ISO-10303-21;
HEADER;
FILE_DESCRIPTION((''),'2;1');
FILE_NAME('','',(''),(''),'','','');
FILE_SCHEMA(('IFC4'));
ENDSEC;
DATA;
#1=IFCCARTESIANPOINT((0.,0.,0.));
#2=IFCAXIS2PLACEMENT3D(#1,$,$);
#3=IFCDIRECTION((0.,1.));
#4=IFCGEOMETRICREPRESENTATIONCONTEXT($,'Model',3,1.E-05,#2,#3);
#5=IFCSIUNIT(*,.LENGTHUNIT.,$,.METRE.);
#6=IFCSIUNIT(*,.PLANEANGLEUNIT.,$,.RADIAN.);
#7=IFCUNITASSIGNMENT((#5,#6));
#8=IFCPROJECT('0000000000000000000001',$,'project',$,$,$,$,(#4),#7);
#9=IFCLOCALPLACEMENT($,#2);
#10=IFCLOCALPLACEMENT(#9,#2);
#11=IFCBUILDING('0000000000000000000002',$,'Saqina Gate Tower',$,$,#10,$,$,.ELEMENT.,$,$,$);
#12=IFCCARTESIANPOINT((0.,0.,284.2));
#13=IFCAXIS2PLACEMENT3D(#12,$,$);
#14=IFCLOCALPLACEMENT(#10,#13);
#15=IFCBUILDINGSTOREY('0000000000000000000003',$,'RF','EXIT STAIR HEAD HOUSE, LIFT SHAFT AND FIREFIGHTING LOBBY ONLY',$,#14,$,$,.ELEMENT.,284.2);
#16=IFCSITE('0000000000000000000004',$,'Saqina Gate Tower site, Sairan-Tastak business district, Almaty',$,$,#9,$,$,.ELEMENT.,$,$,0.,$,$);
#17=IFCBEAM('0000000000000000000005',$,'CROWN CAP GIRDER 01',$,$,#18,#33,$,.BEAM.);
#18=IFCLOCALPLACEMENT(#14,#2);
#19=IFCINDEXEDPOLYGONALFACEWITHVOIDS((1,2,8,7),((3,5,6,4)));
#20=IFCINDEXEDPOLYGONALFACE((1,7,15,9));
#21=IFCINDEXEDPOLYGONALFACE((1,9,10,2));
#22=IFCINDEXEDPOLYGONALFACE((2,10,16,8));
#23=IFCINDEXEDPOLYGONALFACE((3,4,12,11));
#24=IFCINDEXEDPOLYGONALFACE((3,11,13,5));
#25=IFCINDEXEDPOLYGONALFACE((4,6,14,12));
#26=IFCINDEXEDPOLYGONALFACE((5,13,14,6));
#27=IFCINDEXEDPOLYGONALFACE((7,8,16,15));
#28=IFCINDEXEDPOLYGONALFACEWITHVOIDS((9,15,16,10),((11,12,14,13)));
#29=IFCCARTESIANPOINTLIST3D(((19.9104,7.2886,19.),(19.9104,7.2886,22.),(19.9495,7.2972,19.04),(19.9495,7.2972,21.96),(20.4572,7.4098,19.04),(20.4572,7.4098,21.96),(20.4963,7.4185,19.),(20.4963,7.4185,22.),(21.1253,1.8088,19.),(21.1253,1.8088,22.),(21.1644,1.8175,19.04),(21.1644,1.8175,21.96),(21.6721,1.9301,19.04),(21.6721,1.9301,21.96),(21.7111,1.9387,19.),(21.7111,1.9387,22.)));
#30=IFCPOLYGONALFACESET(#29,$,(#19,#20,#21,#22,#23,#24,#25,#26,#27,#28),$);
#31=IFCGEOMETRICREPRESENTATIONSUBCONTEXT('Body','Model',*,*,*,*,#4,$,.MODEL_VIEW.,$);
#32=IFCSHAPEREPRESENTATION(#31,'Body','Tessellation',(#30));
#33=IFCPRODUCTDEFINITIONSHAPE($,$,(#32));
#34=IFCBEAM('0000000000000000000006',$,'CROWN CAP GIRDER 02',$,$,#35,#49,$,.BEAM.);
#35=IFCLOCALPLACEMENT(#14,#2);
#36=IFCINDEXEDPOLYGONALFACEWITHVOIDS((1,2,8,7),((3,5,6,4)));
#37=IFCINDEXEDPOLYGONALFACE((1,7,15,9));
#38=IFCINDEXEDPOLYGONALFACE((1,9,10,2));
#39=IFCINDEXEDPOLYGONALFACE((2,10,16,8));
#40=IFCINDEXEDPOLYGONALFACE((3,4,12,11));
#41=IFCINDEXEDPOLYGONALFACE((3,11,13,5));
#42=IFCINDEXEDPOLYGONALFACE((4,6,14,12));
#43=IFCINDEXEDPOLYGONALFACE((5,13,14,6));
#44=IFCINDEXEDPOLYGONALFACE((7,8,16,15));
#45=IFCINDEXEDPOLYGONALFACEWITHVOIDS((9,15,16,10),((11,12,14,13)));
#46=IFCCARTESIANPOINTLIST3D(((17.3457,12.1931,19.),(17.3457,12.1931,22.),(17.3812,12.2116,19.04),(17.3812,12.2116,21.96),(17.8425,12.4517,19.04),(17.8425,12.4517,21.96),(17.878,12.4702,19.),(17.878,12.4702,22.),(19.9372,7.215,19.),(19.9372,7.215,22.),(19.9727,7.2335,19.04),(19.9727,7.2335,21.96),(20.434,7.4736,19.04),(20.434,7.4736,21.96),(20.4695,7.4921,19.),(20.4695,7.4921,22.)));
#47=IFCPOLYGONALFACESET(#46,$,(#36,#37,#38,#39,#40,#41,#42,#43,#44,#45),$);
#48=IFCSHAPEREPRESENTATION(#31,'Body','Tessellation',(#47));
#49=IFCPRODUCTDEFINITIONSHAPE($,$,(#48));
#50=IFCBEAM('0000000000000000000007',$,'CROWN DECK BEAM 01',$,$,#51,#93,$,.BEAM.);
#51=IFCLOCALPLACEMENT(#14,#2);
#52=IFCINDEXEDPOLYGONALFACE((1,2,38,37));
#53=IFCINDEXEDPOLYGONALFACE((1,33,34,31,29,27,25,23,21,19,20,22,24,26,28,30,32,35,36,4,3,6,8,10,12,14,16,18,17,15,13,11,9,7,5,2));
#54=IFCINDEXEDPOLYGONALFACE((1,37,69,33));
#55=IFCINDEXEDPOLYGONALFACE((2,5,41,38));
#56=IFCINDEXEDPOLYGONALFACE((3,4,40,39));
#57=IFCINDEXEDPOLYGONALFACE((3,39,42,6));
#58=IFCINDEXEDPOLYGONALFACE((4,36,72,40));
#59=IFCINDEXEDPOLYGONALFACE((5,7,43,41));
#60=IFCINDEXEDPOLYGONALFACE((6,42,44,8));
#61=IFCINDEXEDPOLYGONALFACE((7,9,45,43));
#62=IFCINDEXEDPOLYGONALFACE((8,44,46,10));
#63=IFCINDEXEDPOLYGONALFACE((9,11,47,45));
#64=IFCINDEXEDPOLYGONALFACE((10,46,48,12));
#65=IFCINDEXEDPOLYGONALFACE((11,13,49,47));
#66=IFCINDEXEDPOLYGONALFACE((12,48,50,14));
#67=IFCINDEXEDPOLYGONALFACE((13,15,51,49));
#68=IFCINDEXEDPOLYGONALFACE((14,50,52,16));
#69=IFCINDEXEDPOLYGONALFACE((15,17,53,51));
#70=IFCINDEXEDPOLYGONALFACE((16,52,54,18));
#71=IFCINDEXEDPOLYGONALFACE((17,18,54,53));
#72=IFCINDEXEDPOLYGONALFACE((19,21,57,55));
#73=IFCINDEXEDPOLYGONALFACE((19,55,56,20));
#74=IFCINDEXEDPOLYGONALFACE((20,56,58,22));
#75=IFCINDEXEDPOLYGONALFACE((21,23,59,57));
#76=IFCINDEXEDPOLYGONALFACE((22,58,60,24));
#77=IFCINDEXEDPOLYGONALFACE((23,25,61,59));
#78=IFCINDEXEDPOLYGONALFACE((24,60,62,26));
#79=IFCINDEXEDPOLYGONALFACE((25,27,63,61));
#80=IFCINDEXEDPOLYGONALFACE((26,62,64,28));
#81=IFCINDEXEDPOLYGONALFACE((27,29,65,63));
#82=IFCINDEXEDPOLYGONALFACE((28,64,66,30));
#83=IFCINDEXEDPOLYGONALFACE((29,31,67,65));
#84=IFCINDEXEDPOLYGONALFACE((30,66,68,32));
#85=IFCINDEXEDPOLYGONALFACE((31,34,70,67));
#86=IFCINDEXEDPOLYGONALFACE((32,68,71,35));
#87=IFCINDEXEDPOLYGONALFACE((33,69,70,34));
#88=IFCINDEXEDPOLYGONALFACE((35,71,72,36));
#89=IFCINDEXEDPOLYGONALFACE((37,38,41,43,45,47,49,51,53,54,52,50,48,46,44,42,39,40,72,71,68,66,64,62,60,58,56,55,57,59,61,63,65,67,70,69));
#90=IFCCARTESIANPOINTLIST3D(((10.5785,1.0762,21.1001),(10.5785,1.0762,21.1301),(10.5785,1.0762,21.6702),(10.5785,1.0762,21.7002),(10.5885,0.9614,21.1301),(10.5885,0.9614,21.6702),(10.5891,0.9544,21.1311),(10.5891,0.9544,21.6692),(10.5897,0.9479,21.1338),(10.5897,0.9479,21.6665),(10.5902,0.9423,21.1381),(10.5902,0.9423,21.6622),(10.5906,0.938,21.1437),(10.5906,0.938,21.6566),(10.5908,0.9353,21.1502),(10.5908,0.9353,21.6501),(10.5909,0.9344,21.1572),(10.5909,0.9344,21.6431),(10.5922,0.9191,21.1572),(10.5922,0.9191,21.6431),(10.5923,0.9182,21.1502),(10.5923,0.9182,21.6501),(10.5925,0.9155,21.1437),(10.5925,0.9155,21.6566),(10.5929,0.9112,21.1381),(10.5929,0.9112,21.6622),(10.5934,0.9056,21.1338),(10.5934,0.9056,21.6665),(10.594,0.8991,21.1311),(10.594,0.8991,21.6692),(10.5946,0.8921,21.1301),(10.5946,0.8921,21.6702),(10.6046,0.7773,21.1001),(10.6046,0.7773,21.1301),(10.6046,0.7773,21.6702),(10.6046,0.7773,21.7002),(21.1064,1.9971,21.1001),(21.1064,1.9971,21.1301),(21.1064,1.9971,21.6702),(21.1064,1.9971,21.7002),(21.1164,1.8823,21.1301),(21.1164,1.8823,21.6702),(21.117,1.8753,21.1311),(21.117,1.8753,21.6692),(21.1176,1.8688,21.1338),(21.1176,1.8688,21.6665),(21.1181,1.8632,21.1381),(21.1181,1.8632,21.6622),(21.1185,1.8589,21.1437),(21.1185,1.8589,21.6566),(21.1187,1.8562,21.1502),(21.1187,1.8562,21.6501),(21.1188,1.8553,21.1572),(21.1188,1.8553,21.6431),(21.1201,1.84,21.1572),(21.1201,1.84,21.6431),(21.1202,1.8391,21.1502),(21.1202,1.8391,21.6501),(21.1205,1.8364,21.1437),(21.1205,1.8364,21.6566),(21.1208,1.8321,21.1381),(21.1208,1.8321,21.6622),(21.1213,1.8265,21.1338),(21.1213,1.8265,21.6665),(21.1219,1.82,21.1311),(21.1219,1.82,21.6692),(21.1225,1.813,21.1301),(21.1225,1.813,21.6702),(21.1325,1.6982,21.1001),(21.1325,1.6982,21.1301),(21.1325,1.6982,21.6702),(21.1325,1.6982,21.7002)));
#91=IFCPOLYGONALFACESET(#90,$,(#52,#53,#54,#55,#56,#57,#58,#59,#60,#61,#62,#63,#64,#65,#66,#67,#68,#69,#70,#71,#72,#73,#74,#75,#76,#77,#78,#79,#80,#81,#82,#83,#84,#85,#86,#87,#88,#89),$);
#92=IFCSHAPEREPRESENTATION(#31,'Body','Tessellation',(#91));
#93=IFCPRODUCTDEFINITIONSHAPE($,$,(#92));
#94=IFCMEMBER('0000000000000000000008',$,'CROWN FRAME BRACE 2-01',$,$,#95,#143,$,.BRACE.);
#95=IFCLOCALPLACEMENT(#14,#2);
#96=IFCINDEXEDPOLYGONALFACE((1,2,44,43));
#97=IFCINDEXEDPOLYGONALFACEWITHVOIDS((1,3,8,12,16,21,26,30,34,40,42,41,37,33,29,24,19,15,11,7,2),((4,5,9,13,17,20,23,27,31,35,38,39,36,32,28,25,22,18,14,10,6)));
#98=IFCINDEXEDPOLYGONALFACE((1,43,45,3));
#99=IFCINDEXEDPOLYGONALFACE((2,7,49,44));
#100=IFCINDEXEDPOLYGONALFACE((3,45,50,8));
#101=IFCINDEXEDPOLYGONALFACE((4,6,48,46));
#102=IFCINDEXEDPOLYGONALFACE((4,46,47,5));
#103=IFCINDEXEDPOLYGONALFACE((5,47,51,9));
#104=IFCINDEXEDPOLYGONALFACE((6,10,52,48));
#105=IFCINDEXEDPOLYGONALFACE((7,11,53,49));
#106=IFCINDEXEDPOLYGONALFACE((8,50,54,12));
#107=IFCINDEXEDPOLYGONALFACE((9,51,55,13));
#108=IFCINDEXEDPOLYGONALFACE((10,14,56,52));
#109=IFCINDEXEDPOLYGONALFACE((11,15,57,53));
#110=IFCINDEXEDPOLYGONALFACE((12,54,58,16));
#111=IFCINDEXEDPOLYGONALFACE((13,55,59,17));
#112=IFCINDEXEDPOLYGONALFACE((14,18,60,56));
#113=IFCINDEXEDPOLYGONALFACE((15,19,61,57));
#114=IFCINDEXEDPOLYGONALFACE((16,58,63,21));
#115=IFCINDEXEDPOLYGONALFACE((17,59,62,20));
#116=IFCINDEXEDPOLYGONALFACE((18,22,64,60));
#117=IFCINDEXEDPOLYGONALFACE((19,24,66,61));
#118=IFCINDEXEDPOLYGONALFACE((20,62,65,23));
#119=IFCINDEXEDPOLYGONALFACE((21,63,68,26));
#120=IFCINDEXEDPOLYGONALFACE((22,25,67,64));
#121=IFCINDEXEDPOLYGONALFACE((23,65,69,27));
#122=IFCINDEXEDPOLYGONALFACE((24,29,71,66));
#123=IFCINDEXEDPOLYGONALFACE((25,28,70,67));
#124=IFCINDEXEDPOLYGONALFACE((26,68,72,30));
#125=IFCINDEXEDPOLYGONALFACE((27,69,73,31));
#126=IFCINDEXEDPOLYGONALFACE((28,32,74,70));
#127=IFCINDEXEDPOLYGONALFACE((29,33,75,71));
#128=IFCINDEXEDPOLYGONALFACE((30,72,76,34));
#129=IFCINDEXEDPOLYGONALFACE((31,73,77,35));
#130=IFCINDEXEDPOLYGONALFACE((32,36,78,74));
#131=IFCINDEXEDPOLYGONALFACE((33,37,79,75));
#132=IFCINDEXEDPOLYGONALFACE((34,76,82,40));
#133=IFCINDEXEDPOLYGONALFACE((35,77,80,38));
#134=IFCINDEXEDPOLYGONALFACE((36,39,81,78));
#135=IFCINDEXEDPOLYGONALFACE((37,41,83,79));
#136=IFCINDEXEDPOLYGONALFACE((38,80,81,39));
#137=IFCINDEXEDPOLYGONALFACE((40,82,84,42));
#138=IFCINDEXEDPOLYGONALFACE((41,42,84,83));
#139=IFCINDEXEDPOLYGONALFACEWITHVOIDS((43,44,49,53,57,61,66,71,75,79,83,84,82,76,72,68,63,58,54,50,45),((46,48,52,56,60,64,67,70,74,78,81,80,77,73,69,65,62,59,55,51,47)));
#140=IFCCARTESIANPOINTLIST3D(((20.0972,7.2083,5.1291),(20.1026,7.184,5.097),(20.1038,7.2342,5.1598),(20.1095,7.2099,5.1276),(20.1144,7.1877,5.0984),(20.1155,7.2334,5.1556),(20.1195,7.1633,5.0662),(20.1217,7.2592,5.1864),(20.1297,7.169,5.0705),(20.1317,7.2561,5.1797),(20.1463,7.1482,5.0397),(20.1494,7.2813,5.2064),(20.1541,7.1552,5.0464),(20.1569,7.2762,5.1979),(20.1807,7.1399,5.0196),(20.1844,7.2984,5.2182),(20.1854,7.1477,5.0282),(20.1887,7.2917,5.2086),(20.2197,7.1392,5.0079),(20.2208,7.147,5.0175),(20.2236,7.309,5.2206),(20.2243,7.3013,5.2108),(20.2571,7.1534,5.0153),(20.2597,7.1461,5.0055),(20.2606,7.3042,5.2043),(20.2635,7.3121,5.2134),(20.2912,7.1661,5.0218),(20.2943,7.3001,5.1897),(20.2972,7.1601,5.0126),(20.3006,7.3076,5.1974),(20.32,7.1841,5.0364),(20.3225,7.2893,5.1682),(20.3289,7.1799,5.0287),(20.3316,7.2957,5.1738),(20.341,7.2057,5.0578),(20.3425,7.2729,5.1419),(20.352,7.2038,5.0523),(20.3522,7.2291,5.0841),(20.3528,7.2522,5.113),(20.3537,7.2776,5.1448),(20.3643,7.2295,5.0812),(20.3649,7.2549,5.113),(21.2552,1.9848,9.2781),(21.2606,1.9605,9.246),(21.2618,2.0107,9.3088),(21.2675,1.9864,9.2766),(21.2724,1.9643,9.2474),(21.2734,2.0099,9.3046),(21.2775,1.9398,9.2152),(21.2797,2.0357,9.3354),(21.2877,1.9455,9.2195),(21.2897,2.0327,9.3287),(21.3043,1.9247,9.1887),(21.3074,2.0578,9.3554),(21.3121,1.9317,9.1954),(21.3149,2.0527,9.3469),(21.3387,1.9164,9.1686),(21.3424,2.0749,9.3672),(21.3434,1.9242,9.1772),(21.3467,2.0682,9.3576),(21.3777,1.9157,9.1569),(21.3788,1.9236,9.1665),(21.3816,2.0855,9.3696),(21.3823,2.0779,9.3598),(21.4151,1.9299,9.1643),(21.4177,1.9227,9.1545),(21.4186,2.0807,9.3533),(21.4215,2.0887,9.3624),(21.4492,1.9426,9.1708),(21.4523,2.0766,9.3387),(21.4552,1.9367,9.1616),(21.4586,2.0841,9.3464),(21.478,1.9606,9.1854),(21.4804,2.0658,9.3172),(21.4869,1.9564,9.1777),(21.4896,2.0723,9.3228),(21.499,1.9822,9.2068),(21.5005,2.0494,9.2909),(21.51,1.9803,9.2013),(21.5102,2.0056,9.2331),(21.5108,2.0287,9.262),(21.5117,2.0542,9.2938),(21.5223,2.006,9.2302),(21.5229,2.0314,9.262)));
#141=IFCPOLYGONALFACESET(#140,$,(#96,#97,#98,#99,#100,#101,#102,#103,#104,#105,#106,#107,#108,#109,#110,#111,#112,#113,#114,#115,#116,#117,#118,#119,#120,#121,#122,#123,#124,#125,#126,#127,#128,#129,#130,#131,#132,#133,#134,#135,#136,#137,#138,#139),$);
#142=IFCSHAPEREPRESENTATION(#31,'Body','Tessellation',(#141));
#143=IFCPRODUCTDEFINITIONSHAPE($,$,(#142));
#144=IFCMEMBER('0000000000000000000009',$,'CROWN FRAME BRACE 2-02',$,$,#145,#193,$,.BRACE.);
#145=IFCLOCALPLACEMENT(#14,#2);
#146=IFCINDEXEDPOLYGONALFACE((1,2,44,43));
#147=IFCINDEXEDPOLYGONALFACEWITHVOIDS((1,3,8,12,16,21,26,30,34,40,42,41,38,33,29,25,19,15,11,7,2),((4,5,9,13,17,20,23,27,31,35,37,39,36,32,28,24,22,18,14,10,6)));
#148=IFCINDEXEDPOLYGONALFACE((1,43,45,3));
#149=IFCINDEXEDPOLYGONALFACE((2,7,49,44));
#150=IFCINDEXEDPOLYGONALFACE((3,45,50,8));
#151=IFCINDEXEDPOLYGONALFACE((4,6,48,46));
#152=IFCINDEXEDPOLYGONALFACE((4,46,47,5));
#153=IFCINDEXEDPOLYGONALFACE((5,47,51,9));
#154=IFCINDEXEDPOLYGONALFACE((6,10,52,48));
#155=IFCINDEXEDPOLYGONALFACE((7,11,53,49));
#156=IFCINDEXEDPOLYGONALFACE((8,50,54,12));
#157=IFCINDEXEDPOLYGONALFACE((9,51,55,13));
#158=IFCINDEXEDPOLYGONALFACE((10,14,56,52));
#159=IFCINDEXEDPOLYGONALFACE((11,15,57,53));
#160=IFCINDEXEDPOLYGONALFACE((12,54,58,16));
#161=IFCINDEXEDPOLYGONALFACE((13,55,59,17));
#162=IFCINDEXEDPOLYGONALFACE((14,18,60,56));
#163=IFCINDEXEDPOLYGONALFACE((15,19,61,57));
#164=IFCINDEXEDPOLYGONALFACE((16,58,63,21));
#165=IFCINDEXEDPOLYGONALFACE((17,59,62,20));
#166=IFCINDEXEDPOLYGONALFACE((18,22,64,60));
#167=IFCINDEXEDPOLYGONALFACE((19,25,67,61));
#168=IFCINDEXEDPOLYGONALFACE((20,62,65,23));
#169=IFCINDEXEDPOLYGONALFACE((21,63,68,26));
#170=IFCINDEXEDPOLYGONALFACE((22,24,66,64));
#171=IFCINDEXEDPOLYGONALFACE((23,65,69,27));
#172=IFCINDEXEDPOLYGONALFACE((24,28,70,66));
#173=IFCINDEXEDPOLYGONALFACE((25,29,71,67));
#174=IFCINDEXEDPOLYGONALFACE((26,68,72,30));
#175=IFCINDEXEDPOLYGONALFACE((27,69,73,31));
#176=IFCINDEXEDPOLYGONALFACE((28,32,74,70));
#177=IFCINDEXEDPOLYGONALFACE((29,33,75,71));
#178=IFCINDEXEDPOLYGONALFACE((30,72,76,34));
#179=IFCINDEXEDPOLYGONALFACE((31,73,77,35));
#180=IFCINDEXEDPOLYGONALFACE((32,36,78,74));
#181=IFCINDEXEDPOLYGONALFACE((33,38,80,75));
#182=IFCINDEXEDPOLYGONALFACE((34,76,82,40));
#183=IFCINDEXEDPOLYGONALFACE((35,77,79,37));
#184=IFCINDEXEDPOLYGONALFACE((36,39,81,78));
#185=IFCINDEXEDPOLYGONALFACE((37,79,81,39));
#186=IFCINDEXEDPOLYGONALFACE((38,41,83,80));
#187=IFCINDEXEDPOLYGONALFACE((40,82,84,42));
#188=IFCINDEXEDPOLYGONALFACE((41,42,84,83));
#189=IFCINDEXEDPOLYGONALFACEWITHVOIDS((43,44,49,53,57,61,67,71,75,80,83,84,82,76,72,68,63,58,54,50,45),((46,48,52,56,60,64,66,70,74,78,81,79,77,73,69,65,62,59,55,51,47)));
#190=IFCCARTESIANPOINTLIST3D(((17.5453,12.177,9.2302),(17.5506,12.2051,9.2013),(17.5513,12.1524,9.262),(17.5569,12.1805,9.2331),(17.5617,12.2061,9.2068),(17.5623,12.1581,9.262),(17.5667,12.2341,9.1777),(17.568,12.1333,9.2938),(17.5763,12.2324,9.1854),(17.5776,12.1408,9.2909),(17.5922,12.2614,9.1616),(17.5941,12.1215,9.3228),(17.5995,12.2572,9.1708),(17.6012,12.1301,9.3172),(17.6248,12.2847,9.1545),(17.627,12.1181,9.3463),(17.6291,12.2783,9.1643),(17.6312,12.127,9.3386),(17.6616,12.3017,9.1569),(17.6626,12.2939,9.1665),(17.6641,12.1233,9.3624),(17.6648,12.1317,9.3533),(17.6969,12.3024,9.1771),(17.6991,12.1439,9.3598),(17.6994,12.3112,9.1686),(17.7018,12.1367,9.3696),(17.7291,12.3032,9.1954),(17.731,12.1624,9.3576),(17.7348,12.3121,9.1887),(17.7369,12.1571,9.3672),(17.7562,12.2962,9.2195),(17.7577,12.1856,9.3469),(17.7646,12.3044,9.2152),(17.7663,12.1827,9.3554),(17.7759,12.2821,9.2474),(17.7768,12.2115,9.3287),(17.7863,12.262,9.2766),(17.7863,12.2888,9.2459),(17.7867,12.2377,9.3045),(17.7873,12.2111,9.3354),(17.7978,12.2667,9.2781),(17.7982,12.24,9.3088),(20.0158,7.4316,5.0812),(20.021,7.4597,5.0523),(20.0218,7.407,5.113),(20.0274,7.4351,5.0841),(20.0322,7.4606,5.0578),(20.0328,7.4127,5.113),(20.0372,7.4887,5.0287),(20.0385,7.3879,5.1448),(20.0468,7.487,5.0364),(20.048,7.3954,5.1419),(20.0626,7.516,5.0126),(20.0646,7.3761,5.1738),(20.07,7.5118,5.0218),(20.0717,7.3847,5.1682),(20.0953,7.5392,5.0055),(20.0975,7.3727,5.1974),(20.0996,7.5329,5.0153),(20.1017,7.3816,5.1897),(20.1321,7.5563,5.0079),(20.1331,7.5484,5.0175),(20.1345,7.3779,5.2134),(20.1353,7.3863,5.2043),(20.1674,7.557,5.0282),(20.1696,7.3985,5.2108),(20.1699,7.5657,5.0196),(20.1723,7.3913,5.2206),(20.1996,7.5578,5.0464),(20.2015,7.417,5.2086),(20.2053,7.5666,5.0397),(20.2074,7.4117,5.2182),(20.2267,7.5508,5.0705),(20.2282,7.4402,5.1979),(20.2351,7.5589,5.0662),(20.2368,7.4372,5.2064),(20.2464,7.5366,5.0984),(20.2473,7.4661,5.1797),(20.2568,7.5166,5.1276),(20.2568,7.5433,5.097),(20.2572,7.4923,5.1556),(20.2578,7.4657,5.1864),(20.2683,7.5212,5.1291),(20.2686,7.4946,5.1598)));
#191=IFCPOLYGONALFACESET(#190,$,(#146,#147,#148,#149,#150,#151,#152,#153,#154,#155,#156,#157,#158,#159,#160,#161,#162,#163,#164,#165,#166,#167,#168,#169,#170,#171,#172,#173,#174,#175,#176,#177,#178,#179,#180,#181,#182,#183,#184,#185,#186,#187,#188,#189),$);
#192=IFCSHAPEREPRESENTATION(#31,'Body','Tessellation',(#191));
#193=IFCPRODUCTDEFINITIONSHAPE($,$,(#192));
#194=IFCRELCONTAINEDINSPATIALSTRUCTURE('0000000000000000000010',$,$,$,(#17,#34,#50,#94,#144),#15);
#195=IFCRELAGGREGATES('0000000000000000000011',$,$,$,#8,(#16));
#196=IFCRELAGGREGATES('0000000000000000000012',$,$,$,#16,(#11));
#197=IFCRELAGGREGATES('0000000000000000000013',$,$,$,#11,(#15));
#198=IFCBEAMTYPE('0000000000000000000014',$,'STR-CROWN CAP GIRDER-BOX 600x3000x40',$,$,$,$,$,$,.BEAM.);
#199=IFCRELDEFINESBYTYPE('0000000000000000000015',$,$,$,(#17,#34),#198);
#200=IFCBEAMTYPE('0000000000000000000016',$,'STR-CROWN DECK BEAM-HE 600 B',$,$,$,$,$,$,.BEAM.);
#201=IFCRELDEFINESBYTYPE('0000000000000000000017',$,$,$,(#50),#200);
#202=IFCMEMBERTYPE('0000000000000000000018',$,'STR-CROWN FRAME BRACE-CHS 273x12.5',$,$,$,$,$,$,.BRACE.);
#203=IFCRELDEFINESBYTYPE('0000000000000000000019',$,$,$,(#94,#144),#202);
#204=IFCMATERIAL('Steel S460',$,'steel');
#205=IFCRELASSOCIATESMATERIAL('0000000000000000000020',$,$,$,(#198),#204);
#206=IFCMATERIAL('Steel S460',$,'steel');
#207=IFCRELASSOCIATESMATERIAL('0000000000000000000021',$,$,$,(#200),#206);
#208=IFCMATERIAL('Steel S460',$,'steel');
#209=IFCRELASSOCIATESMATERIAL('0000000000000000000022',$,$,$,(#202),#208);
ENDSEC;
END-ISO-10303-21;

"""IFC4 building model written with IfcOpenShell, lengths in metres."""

from ifc_helpers import new_model, si_unit, direction, frame, origin, origin_2d, place, context, subcontext, project, spatial, hollow_rectangle, hollow_circle, i_section, extrude, material, material_profile, profile_set, type_object, element, save


model = new_model("IFC4")

# Units and contexts
model_context = context("Model", 3, precision=1e-05, world=origin(), true_north=direction((0.0, 1.0)))
body_context = subcontext(model_context, "Body", "Model", "MODEL_VIEW")
ifc_project = project(units=[si_unit("LENGTHUNIT", "METRE"), si_unit("PLANEANGLEUNIT", "RADIAN")], contexts=[model_context])

# Site, building, storey
site_placement = place(None, origin())
site = spatial("IfcSite", under=ifc_project, at=site_placement, Name="Saqina Gate Tower site, Sairan-Tastak business district, Almaty", CompositionType="ELEMENT", RefElevation=0.0)
building_placement = place(site_placement, origin())
building = spatial("IfcBuilding", under=site, at=building_placement, Name="Saqina Gate Tower", CompositionType="ELEMENT")
storey_placement = place(building_placement, frame((0.0, 0.0, 284.2)))
storey = spatial("IfcBuildingStorey", under=building, at=storey_placement, Name="RF", Description="EXIT STAIR HEAD HOUSE, LIFT SHAFT AND FIREFIGHTING LOBBY ONLY", CompositionType="ELEMENT", Elevation=284.2)

# Beams
ifc_material_1 = material(Name="Steel S460", Category="steel")
ifc_material_profile_1 = material_profile(ifc_material_1, hollow_rectangle(XDim=0.6001, YDim=3.0, WallThickness=0.04, at=origin_2d()), Name="BOX 600x3000x40")
ifc_profile_set_1 = profile_set([ifc_material_profile_1], Name="Steel S460")
beam_type_1 = type_object("IfcBeamType", Name="STR-CROWN CAP GIRDER-BOX 600x3000x40", PredefinedType="BEAM", material=ifc_profile_set_1)
beam_1_placement = place(storey_placement, frame((21.4182, 1.8738, 20.5), z_axis=(-0.216442, 0.976295, 0.0), x_axis=(-0.976295, -0.216442, 0.0)))
element("IfcBeam", 1, at=beam_1_placement, inside=storey, type_object=beam_type_1, Name="CROWN CAP GIRDER 01", PredefinedType="BEAM", context=body_context, shape_type="SweptSolid", body=[
    extrude(hollow_rectangle(XDim=0.6001, YDim=3.0, WallThickness=0.04, at=origin_2d()), origin(), (0.0, 0.0, 1.0), 5.6128),
])
beam_2_placement = place(storey_placement, frame((20.2034, 7.3535, 20.5), z_axis=(-0.461753, 0.887009, 0.0), x_axis=(-0.887009, -0.461753, 0.0)))
element("IfcBeam", 2, at=beam_2_placement, inside=storey, type_object=beam_type_1, Name="CROWN CAP GIRDER 02", PredefinedType="BEAM", context=body_context, shape_type="SweptSolid", body=[
    extrude(hollow_rectangle(XDim=0.6001, YDim=3.0, WallThickness=0.04, at=origin_2d()), origin(), (0.0, 0.0, 1.0), 5.6123),
])
ifc_material_2 = material(Name="Steel S460", Category="steel")
ifc_material_profile_2 = material_profile(ifc_material_2, i_section(OverallWidth=0.3, OverallDepth=0.6001, WebThickness=0.0154, FlangeThickness=0.03, FilletRadius=0.0271, at=origin_2d()), Name="HE 600 B")
ifc_profile_set_2 = profile_set([ifc_material_profile_2], Name="Steel S460")
beam_type_2 = type_object("IfcBeamType", Name="STR-CROWN DECK BEAM-HE 600 B", PredefinedType="BEAM", material=ifc_profile_set_2)
beam_3_placement = place(storey_placement, frame((10.5916, 0.9268, 21.4001), z_axis=(0.996196, 0.08714, 0.0), x_axis=(-0.08714, 0.996196, 0.0)))
element("IfcBeam", 3, at=beam_3_placement, inside=storey, type_object=beam_type_2, Name="CROWN DECK BEAM 01", PredefinedType="BEAM", context=body_context, shape_type="SweptSolid", body=[
    extrude(i_section(OverallWidth=0.3, OverallDepth=0.6001, WebThickness=0.0154, FlangeThickness=0.03, FilletRadius=0.0271, at=origin_2d()), origin(), (0.0, 0.0, 1.0), 10.5681),
])

# Members
ifc_material_3 = material(Name="Steel S460", Category="steel")
ifc_material_profile_3 = material_profile(ifc_material_3, hollow_circle(Radius=0.1365, WallThickness=0.0125, at=origin_2d()), Name="CHS 273x12.5")
ifc_profile_set_3 = profile_set([ifc_material_profile_3], Name="Steel S460")
member_type = type_object("IfcMemberType", Name="STR-CROWN FRAME BRACE-CHS 273x12.5", PredefinedType="BRACE", material=ifc_profile_set_3)
member_1_placement = place(storey_placement, frame((20.2317, 7.2253, 5.113), z_axis=(0.171033, -0.771504, 0.612804), x_axis=(0.976298, 0.216433, 0.0)))
element("IfcMember", 4, at=member_1_placement, inside=storey, type_object=member_type, Name="CROWN FRAME BRACE 2-01", PredefinedType="BRACE", context=body_context, shape_type="SweptSolid", body=[
    extrude(hollow_circle(Radius=0.1365, WallThickness=0.0125, at=origin_2d()), origin(), (0.0, 0.0, 1.0), 6.7705),
])
member_2_placement = place(storey_placement, frame((20.1428, 7.47, 5.113), z_axis=(-0.364904, 0.700922, 0.612824), x_axis=(-0.886997, -0.461775, 0.0)))
element("IfcMember", 5, at=member_2_placement, inside=storey, type_object=member_type, Name="CROWN FRAME BRACE 2-02", PredefinedType="BRACE", context=body_context, shape_type="SweptSolid", body=[
    extrude(hollow_circle(Radius=0.1365, WallThickness=0.0125, at=origin_2d()), origin(), (0.0, 0.0, 1.0), 6.7703),
])

save(model, "model.ifc")
